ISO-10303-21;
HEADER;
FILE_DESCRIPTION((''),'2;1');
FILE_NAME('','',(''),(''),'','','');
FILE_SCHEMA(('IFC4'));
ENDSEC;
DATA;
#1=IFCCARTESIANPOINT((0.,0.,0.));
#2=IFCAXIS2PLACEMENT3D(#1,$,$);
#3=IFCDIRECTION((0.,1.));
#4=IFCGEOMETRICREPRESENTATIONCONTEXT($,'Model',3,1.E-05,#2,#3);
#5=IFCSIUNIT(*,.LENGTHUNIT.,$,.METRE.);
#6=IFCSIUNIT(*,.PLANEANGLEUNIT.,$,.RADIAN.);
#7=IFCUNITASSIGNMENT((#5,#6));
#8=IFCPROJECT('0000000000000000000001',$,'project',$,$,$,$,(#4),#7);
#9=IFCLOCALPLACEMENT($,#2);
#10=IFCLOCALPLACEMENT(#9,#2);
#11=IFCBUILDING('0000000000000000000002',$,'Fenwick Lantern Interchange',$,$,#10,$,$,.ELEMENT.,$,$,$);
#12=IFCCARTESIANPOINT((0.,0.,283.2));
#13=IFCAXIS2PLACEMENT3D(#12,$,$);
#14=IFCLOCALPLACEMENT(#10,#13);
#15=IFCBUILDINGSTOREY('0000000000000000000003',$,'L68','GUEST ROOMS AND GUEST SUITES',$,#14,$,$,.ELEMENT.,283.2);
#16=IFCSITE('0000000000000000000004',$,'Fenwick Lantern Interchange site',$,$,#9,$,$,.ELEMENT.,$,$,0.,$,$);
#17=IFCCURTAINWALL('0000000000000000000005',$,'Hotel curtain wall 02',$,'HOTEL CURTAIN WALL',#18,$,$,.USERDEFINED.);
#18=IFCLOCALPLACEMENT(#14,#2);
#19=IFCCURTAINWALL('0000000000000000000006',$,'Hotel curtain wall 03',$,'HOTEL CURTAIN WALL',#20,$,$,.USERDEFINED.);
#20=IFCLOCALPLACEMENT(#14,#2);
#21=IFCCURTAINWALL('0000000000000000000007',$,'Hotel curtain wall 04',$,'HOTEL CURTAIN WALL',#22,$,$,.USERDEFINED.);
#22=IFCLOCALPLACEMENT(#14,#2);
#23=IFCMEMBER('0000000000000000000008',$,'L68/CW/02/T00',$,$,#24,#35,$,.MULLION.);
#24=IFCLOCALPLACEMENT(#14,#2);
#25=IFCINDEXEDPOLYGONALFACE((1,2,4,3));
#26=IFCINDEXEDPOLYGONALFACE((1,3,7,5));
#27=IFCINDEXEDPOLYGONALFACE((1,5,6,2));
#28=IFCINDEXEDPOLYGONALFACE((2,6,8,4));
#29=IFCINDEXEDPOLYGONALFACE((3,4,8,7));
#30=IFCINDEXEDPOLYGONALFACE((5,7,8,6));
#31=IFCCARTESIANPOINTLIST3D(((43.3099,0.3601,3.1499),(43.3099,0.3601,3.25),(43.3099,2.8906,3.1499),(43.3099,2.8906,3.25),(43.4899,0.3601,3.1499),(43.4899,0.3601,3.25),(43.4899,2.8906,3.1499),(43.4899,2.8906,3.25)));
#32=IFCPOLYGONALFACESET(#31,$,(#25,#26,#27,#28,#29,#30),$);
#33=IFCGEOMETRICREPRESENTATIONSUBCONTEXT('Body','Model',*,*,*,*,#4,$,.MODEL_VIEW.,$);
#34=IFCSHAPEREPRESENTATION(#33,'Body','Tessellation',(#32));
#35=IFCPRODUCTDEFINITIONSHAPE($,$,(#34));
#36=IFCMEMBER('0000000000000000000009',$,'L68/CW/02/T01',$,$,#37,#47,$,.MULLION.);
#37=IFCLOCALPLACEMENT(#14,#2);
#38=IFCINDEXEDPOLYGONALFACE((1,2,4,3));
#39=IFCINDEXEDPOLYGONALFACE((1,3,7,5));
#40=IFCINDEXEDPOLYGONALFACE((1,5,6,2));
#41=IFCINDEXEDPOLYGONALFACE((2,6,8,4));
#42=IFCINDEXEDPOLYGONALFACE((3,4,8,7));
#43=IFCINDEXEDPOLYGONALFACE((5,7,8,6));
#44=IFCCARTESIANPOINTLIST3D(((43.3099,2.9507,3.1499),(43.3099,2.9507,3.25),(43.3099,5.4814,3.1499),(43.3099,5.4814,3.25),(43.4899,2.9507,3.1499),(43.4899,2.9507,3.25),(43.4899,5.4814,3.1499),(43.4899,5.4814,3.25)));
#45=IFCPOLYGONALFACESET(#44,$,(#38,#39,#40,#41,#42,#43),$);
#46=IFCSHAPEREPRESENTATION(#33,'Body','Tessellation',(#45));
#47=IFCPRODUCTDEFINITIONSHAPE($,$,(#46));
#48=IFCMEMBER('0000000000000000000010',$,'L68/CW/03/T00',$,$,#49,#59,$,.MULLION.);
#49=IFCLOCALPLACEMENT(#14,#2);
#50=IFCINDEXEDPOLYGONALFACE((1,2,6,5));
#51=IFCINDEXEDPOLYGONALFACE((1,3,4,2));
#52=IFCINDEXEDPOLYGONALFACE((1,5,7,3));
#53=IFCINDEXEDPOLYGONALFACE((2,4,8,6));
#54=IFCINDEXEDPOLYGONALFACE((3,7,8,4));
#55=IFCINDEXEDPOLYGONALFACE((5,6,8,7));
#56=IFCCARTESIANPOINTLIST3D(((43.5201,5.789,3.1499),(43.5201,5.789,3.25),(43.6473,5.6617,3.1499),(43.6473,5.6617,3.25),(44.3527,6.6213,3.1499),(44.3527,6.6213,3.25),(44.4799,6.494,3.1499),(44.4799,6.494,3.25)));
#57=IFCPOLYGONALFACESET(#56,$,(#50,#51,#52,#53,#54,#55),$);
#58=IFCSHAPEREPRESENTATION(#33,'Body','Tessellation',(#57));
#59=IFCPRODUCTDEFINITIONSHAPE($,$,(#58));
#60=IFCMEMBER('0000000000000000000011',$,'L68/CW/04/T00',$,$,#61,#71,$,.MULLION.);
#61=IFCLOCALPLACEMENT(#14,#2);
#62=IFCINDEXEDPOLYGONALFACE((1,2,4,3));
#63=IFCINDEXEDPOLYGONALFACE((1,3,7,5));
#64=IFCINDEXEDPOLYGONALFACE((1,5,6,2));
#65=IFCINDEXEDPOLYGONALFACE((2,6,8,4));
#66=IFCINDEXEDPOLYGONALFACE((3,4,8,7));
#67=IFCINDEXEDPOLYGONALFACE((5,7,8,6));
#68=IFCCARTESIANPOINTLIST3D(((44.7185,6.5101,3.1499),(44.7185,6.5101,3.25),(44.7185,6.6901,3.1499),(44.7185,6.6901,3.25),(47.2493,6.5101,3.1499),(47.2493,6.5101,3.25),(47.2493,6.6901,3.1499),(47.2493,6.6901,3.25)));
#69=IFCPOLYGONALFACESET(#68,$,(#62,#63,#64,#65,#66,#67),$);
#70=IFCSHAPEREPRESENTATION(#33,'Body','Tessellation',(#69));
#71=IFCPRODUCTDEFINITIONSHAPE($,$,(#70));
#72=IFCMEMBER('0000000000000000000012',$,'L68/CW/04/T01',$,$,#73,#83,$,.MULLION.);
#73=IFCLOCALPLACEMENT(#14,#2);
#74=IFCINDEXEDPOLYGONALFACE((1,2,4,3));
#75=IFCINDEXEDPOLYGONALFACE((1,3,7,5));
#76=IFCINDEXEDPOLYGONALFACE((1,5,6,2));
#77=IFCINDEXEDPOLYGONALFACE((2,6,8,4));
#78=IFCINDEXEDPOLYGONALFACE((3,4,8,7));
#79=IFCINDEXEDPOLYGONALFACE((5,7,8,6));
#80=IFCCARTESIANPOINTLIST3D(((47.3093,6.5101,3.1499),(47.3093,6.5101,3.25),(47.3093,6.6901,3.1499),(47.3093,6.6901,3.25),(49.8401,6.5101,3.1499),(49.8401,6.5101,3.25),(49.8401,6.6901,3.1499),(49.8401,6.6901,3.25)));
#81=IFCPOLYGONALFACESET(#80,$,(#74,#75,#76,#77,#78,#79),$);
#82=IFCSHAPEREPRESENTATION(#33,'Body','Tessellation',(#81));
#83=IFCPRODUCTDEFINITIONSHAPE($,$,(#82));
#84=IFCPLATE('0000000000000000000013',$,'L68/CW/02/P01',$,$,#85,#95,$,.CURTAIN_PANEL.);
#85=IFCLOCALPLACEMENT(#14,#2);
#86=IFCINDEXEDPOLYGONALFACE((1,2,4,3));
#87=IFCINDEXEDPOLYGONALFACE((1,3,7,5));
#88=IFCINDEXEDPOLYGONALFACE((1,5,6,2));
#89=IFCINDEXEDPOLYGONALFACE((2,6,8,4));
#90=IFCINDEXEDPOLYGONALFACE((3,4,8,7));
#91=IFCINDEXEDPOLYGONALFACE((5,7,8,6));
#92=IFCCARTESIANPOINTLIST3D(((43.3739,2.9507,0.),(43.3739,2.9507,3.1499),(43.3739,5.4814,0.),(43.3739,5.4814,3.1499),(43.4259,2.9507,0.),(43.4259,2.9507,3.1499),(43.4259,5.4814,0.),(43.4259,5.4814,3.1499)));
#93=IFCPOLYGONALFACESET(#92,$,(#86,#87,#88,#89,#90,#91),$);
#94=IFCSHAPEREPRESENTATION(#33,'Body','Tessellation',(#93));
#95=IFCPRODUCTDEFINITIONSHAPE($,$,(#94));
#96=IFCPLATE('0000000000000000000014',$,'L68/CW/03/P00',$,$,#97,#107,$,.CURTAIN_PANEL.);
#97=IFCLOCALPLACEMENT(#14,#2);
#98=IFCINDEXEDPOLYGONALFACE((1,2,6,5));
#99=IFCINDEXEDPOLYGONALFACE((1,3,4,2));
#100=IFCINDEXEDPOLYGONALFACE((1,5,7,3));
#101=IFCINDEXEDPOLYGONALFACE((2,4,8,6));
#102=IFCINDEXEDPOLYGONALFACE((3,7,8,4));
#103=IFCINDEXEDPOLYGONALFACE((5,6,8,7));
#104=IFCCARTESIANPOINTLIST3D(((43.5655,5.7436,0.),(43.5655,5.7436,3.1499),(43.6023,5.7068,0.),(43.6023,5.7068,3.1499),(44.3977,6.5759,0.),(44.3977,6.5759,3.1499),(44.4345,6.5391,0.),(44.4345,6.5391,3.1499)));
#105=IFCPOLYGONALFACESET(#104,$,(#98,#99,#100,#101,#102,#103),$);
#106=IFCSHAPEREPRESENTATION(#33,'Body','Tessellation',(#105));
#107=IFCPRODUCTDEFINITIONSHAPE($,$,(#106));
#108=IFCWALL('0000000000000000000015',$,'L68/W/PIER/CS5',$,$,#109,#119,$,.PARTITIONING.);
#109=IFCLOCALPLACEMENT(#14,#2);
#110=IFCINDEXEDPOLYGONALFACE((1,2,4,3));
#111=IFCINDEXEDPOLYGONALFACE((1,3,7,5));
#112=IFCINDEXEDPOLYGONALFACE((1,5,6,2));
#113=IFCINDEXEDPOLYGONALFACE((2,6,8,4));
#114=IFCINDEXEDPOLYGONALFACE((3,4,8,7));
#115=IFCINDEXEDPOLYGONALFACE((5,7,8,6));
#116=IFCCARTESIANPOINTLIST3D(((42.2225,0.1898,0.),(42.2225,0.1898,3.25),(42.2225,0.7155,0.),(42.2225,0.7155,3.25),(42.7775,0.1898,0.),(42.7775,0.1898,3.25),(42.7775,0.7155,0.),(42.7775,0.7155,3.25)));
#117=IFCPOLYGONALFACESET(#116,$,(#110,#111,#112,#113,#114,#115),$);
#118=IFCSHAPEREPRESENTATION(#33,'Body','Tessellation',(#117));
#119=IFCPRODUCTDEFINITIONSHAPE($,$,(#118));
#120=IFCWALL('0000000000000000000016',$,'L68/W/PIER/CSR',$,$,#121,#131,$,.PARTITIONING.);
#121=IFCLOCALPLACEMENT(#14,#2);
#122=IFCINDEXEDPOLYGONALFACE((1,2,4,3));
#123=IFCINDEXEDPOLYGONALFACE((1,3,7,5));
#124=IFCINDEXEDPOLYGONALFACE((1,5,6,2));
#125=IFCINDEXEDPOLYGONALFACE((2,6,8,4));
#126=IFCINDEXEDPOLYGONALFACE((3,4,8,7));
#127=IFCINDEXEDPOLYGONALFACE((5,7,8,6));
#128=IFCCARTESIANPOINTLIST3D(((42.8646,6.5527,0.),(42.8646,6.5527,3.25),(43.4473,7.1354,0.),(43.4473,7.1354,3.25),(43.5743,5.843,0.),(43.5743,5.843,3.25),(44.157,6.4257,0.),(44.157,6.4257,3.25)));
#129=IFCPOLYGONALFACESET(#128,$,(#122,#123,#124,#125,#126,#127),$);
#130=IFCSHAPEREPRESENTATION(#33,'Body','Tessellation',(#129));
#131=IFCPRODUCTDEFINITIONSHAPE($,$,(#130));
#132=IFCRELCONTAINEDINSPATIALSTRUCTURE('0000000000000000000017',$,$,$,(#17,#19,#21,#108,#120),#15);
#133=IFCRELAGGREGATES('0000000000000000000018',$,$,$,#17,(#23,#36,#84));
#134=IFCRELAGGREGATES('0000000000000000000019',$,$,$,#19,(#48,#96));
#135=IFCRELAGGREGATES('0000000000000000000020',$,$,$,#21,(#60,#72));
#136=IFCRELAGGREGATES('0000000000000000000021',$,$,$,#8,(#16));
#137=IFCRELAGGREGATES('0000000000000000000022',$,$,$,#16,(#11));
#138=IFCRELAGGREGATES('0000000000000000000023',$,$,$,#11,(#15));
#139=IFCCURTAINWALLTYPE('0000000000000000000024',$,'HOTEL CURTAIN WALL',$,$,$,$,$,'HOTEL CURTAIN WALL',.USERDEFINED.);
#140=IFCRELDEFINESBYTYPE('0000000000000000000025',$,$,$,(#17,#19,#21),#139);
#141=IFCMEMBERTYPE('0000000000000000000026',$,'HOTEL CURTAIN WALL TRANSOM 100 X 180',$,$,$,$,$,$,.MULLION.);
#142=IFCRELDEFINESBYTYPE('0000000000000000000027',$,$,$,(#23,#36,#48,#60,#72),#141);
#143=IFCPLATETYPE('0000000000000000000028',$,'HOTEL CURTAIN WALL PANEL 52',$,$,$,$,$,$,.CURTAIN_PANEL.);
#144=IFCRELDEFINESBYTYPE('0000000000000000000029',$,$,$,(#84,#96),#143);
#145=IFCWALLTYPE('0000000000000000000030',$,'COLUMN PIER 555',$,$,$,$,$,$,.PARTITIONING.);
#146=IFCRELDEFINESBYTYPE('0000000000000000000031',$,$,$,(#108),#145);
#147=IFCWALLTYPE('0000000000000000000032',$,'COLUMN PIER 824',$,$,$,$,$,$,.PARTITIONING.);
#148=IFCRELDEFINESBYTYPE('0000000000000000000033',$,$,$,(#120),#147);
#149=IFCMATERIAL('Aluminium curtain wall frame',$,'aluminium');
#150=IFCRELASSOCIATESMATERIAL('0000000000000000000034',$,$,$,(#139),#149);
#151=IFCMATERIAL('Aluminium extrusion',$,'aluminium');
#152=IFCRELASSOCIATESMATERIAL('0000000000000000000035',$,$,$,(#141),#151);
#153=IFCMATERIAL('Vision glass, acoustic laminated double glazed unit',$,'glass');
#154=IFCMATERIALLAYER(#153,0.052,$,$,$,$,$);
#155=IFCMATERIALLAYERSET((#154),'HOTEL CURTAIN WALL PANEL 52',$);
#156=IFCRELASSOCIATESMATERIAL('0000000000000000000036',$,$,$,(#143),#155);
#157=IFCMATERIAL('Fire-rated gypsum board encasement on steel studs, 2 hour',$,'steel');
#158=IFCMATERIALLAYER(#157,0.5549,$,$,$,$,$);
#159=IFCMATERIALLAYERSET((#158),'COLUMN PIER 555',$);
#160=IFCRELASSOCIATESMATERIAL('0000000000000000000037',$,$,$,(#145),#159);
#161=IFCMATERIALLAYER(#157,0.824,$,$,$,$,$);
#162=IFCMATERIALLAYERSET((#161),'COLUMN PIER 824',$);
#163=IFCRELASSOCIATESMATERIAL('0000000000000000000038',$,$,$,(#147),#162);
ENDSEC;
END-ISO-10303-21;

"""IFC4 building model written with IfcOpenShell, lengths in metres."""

from ifc_helpers import new_model, si_unit, direction, frame, frame_2d, origin, origin_2d, place, context, subcontext, project, spatial, rectangle, extrude, material, layer, layer_set, material_profile, profile_set, type_object, element, aggregate, save


model = new_model("IFC4")

# Units and contexts
model_context = context("Model", 3, precision=1e-05, world=origin(), true_north=direction((0.0, 1.0)))
body_context = subcontext(model_context, "Body", "Model", "MODEL_VIEW")
ifc_project = project(units=[si_unit("LENGTHUNIT", "METRE"), si_unit("PLANEANGLEUNIT", "RADIAN")], contexts=[model_context])

# Site, building, storey
site_placement = place(None, origin())
site = spatial("IfcSite", under=ifc_project, at=site_placement, Name="Fenwick Lantern Interchange site", CompositionType="ELEMENT", RefElevation=0.0)
building_placement = place(site_placement, origin())
building = spatial("IfcBuilding", under=site, at=building_placement, Name="Fenwick Lantern Interchange", CompositionType="ELEMENT")
storey_placement = place(building_placement, frame((0.0, 0.0, 283.2)))
storey = spatial("IfcBuildingStorey", under=building, at=storey_placement, Name="L68", Description="GUEST ROOMS AND GUEST SUITES", CompositionType="ELEMENT", Elevation=283.2)

# Shared definitions
ifc_material_1 = material(Name="Aluminium curtain wall frame", Category="aluminium")
curtain_wall_type = type_object("IfcCurtainWallType", Name="HOTEL CURTAIN WALL", ElementType="HOTEL CURTAIN WALL", PredefinedType="USERDEFINED", material=ifc_material_1)
ifc_material_2 = material(Name="Aluminium extrusion", Category="aluminium")

# Curtain walls
curtain_wall_1_placement = place(storey_placement, origin())
curtain_wall_1 = element("IfcCurtainWall", 1, at=curtain_wall_1_placement, inside=storey, type_object=curtain_wall_type, Name="Hotel curtain wall 02", ObjectType="HOTEL CURTAIN WALL", PredefinedType="USERDEFINED")
curtain_wall_2_placement = place(storey_placement, origin())
curtain_wall_2 = element("IfcCurtainWall", 2, at=curtain_wall_2_placement, inside=storey, type_object=curtain_wall_type, Name="Hotel curtain wall 03", ObjectType="HOTEL CURTAIN WALL", PredefinedType="USERDEFINED")
curtain_wall_3_placement = place(storey_placement, origin())
curtain_wall_3 = element("IfcCurtainWall", 3, at=curtain_wall_3_placement, inside=storey, type_object=curtain_wall_type, Name="Hotel curtain wall 04", ObjectType="HOTEL CURTAIN WALL", PredefinedType="USERDEFINED")

# Members
ifc_material_profile_1 = material_profile(ifc_material_2, rectangle(XDim=0.1799, YDim=0.1001, at=origin_2d()), Name="HOTEL CURTAIN WALL TRANSOM 100 X 180")
ifc_profile_set_1 = profile_set([ifc_material_profile_1], Name="Aluminium extrusion")
member_type_1 = type_object("IfcMemberType", Name="HOTEL CURTAIN WALL TRANSOM 100 X 180", PredefinedType="MULLION", material=ifc_profile_set_1)
member_1_placement = place(storey_placement, frame((43.3999, 0.3601, 3.2), z_axis=(0.0, 1.0, 0.0), x_axis=(-1.0, 0.0, 0.0)))
member_1 = element("IfcMember", 4, at=member_1_placement, type_object=member_type_1, Name="L68/CW/02/T00", PredefinedType="MULLION", context=body_context, shape_type="SweptSolid", body=[
    extrude(rectangle(XDim=0.1799, YDim=0.1001, at=origin_2d()), origin(), (0.0, 0.0, 1.0), 2.5305),
])
member_2_placement = place(storey_placement, frame((43.3999, 2.9507, 3.2), z_axis=(0.0, 1.0, 0.0), x_axis=(-1.0, 0.0, 0.0)))
member_2 = element("IfcMember", 5, at=member_2_placement, type_object=member_type_1, Name="L68/CW/02/T01", PredefinedType="MULLION", context=body_context, shape_type="SweptSolid", body=[
    extrude(rectangle(XDim=0.1799, YDim=0.1001, at=origin_2d()), origin(), (0.0, 0.0, 1.0), 2.5308),
])
member_3_placement = place(storey_placement, frame((43.5837, 5.7253, 3.2), z_axis=(0.70721, 0.707003, 0.0), x_axis=(-0.707003, 0.70721, 0.0)))
member_3 = element("IfcMember", 6, at=member_3_placement, type_object=member_type_1, Name="L68/CW/03/T00", PredefinedType="MULLION", context=body_context, shape_type="SweptSolid", body=[
    extrude(rectangle(XDim=0.1799, YDim=0.1001, at=origin_2d()), origin(), (0.0, 0.0, 1.0), 1.1772),
])
member_4_placement = place(storey_placement, frame((44.7185, 6.6001, 3.2), z_axis=(1.0, 0.0, 0.0), x_axis=(0.0, 1.0, 0.0)))
member_4 = element("IfcMember", 7, at=member_4_placement, type_object=member_type_1, Name="L68/CW/04/T00", PredefinedType="MULLION", context=body_context, shape_type="SweptSolid", body=[
    extrude(rectangle(XDim=0.1799, YDim=0.1001, at=origin_2d()), origin(), (0.0, 0.0, 1.0), 2.5308),
])
member_5_placement = place(storey_placement, frame((47.3093, 6.6001, 3.2), z_axis=(1.0, 0.0, 0.0), x_axis=(0.0, 1.0, 0.0)))
member_5 = element("IfcMember", 8, at=member_5_placement, type_object=member_type_1, Name="L68/CW/04/T01", PredefinedType="MULLION", context=body_context, shape_type="SweptSolid", body=[
    extrude(rectangle(XDim=0.1799, YDim=0.1001, at=origin_2d()), origin(), (0.0, 0.0, 1.0), 2.5308),
])

# Plates
ifc_material_3 = material(Name="Vision glass, acoustic laminated double glazed unit", Category="glass")
ifc_layer_1 = layer(ifc_material_3, 0.052)
ifc_layer_set_1 = layer_set([ifc_layer_1], Name="HOTEL CURTAIN WALL PANEL 52")
plate_type = type_object("IfcPlateType", Name="HOTEL CURTAIN WALL PANEL 52", PredefinedType="CURTAIN_PANEL", material=ifc_layer_set_1)
plate_1_placement = place(storey_placement, frame((43.3999, 4.2161, 0.0), z_axis=(0.0, 0.0, 1.0), x_axis=(0.0, 1.0, 0.0)))
plate_1 = element("IfcPlate", 9, at=plate_1_placement, type_object=plate_type, Name="L68/CW/02/P01", PredefinedType="CURTAIN_PANEL", context=body_context, shape_type="SweptSolid", body=[
    extrude(rectangle(XDim=2.5308, YDim=0.052, at=origin_2d()), origin(), (0.0, 0.0, 1.0), 3.1499),
])
aggregate(curtain_wall_1, [member_1, member_2, plate_1])
plate_2_placement = place(storey_placement, frame((44.0, 6.1414, 0.0), z_axis=(0.0, 0.0, 1.0), x_axis=(0.707107, 0.707107, 0.0)))
plate_2 = element("IfcPlate", 10, at=plate_2_placement, type_object=plate_type, Name="L68/CW/03/P00", PredefinedType="CURTAIN_PANEL", context=body_context, shape_type="SweptSolid", body=[
    extrude(rectangle(XDim=1.177, YDim=0.052, at=origin_2d()), origin(), (0.0, 0.0, 1.0), 3.1499),
])
aggregate(curtain_wall_2, [member_3, plate_2])
aggregate(curtain_wall_3, [member_4, member_5])

# Walls
ifc_material_4 = material(Name="Fire-rated gypsum board encasement on steel studs, 2 hour", Category="steel")
ifc_layer_2 = layer(ifc_material_4, 0.5549)
ifc_layer_set_2 = layer_set([ifc_layer_2], Name="COLUMN PIER 555")
wall_type_1 = type_object("IfcWallType", Name="COLUMN PIER 555", PredefinedType="PARTITIONING", material=ifc_layer_set_2)
wall_1_placement = place(storey_placement, frame((42.5, 0.1899, 0.0), z_axis=(0.0, 0.0, 1.0), x_axis=(0.0, 1.0, 0.0)))
element("IfcWall", 11, at=wall_1_placement, inside=storey, type_object=wall_type_1, Name="L68/W/PIER/CS5", PredefinedType="PARTITIONING", context=body_context, shape_type="SweptSolid", body=[
    extrude(rectangle(XDim=0.5256, YDim=0.5549, at=frame_2d((0.2627, 0.0))), origin(), (0.0, 0.0, 1.0), 3.25),
])
ifc_layer_3 = layer(ifc_material_4, 0.824)
ifc_layer_set_3 = layer_set([ifc_layer_3], Name="COLUMN PIER 824")
wall_type_2 = type_object("IfcWallType", Name="COLUMN PIER 824", PredefinedType="PARTITIONING", material=ifc_layer_set_3)
wall_2_placement = place(storey_placement, frame((43.8657, 6.1343, 0.0), z_axis=(0.0, 0.0, 1.0), x_axis=(-0.707107, 0.707107, 0.0)))
element("IfcWall", 12, at=wall_2_placement, inside=storey, type_object=wall_type_2, Name="L68/W/PIER/CSR", PredefinedType="PARTITIONING", context=body_context, shape_type="SweptSolid", body=[
    extrude(rectangle(XDim=1.0037, YDim=0.824, at=frame_2d((0.502, 0.0))), origin(), (0.0, 0.0, 1.0), 3.25),
])

save(model, "model.ifc")
